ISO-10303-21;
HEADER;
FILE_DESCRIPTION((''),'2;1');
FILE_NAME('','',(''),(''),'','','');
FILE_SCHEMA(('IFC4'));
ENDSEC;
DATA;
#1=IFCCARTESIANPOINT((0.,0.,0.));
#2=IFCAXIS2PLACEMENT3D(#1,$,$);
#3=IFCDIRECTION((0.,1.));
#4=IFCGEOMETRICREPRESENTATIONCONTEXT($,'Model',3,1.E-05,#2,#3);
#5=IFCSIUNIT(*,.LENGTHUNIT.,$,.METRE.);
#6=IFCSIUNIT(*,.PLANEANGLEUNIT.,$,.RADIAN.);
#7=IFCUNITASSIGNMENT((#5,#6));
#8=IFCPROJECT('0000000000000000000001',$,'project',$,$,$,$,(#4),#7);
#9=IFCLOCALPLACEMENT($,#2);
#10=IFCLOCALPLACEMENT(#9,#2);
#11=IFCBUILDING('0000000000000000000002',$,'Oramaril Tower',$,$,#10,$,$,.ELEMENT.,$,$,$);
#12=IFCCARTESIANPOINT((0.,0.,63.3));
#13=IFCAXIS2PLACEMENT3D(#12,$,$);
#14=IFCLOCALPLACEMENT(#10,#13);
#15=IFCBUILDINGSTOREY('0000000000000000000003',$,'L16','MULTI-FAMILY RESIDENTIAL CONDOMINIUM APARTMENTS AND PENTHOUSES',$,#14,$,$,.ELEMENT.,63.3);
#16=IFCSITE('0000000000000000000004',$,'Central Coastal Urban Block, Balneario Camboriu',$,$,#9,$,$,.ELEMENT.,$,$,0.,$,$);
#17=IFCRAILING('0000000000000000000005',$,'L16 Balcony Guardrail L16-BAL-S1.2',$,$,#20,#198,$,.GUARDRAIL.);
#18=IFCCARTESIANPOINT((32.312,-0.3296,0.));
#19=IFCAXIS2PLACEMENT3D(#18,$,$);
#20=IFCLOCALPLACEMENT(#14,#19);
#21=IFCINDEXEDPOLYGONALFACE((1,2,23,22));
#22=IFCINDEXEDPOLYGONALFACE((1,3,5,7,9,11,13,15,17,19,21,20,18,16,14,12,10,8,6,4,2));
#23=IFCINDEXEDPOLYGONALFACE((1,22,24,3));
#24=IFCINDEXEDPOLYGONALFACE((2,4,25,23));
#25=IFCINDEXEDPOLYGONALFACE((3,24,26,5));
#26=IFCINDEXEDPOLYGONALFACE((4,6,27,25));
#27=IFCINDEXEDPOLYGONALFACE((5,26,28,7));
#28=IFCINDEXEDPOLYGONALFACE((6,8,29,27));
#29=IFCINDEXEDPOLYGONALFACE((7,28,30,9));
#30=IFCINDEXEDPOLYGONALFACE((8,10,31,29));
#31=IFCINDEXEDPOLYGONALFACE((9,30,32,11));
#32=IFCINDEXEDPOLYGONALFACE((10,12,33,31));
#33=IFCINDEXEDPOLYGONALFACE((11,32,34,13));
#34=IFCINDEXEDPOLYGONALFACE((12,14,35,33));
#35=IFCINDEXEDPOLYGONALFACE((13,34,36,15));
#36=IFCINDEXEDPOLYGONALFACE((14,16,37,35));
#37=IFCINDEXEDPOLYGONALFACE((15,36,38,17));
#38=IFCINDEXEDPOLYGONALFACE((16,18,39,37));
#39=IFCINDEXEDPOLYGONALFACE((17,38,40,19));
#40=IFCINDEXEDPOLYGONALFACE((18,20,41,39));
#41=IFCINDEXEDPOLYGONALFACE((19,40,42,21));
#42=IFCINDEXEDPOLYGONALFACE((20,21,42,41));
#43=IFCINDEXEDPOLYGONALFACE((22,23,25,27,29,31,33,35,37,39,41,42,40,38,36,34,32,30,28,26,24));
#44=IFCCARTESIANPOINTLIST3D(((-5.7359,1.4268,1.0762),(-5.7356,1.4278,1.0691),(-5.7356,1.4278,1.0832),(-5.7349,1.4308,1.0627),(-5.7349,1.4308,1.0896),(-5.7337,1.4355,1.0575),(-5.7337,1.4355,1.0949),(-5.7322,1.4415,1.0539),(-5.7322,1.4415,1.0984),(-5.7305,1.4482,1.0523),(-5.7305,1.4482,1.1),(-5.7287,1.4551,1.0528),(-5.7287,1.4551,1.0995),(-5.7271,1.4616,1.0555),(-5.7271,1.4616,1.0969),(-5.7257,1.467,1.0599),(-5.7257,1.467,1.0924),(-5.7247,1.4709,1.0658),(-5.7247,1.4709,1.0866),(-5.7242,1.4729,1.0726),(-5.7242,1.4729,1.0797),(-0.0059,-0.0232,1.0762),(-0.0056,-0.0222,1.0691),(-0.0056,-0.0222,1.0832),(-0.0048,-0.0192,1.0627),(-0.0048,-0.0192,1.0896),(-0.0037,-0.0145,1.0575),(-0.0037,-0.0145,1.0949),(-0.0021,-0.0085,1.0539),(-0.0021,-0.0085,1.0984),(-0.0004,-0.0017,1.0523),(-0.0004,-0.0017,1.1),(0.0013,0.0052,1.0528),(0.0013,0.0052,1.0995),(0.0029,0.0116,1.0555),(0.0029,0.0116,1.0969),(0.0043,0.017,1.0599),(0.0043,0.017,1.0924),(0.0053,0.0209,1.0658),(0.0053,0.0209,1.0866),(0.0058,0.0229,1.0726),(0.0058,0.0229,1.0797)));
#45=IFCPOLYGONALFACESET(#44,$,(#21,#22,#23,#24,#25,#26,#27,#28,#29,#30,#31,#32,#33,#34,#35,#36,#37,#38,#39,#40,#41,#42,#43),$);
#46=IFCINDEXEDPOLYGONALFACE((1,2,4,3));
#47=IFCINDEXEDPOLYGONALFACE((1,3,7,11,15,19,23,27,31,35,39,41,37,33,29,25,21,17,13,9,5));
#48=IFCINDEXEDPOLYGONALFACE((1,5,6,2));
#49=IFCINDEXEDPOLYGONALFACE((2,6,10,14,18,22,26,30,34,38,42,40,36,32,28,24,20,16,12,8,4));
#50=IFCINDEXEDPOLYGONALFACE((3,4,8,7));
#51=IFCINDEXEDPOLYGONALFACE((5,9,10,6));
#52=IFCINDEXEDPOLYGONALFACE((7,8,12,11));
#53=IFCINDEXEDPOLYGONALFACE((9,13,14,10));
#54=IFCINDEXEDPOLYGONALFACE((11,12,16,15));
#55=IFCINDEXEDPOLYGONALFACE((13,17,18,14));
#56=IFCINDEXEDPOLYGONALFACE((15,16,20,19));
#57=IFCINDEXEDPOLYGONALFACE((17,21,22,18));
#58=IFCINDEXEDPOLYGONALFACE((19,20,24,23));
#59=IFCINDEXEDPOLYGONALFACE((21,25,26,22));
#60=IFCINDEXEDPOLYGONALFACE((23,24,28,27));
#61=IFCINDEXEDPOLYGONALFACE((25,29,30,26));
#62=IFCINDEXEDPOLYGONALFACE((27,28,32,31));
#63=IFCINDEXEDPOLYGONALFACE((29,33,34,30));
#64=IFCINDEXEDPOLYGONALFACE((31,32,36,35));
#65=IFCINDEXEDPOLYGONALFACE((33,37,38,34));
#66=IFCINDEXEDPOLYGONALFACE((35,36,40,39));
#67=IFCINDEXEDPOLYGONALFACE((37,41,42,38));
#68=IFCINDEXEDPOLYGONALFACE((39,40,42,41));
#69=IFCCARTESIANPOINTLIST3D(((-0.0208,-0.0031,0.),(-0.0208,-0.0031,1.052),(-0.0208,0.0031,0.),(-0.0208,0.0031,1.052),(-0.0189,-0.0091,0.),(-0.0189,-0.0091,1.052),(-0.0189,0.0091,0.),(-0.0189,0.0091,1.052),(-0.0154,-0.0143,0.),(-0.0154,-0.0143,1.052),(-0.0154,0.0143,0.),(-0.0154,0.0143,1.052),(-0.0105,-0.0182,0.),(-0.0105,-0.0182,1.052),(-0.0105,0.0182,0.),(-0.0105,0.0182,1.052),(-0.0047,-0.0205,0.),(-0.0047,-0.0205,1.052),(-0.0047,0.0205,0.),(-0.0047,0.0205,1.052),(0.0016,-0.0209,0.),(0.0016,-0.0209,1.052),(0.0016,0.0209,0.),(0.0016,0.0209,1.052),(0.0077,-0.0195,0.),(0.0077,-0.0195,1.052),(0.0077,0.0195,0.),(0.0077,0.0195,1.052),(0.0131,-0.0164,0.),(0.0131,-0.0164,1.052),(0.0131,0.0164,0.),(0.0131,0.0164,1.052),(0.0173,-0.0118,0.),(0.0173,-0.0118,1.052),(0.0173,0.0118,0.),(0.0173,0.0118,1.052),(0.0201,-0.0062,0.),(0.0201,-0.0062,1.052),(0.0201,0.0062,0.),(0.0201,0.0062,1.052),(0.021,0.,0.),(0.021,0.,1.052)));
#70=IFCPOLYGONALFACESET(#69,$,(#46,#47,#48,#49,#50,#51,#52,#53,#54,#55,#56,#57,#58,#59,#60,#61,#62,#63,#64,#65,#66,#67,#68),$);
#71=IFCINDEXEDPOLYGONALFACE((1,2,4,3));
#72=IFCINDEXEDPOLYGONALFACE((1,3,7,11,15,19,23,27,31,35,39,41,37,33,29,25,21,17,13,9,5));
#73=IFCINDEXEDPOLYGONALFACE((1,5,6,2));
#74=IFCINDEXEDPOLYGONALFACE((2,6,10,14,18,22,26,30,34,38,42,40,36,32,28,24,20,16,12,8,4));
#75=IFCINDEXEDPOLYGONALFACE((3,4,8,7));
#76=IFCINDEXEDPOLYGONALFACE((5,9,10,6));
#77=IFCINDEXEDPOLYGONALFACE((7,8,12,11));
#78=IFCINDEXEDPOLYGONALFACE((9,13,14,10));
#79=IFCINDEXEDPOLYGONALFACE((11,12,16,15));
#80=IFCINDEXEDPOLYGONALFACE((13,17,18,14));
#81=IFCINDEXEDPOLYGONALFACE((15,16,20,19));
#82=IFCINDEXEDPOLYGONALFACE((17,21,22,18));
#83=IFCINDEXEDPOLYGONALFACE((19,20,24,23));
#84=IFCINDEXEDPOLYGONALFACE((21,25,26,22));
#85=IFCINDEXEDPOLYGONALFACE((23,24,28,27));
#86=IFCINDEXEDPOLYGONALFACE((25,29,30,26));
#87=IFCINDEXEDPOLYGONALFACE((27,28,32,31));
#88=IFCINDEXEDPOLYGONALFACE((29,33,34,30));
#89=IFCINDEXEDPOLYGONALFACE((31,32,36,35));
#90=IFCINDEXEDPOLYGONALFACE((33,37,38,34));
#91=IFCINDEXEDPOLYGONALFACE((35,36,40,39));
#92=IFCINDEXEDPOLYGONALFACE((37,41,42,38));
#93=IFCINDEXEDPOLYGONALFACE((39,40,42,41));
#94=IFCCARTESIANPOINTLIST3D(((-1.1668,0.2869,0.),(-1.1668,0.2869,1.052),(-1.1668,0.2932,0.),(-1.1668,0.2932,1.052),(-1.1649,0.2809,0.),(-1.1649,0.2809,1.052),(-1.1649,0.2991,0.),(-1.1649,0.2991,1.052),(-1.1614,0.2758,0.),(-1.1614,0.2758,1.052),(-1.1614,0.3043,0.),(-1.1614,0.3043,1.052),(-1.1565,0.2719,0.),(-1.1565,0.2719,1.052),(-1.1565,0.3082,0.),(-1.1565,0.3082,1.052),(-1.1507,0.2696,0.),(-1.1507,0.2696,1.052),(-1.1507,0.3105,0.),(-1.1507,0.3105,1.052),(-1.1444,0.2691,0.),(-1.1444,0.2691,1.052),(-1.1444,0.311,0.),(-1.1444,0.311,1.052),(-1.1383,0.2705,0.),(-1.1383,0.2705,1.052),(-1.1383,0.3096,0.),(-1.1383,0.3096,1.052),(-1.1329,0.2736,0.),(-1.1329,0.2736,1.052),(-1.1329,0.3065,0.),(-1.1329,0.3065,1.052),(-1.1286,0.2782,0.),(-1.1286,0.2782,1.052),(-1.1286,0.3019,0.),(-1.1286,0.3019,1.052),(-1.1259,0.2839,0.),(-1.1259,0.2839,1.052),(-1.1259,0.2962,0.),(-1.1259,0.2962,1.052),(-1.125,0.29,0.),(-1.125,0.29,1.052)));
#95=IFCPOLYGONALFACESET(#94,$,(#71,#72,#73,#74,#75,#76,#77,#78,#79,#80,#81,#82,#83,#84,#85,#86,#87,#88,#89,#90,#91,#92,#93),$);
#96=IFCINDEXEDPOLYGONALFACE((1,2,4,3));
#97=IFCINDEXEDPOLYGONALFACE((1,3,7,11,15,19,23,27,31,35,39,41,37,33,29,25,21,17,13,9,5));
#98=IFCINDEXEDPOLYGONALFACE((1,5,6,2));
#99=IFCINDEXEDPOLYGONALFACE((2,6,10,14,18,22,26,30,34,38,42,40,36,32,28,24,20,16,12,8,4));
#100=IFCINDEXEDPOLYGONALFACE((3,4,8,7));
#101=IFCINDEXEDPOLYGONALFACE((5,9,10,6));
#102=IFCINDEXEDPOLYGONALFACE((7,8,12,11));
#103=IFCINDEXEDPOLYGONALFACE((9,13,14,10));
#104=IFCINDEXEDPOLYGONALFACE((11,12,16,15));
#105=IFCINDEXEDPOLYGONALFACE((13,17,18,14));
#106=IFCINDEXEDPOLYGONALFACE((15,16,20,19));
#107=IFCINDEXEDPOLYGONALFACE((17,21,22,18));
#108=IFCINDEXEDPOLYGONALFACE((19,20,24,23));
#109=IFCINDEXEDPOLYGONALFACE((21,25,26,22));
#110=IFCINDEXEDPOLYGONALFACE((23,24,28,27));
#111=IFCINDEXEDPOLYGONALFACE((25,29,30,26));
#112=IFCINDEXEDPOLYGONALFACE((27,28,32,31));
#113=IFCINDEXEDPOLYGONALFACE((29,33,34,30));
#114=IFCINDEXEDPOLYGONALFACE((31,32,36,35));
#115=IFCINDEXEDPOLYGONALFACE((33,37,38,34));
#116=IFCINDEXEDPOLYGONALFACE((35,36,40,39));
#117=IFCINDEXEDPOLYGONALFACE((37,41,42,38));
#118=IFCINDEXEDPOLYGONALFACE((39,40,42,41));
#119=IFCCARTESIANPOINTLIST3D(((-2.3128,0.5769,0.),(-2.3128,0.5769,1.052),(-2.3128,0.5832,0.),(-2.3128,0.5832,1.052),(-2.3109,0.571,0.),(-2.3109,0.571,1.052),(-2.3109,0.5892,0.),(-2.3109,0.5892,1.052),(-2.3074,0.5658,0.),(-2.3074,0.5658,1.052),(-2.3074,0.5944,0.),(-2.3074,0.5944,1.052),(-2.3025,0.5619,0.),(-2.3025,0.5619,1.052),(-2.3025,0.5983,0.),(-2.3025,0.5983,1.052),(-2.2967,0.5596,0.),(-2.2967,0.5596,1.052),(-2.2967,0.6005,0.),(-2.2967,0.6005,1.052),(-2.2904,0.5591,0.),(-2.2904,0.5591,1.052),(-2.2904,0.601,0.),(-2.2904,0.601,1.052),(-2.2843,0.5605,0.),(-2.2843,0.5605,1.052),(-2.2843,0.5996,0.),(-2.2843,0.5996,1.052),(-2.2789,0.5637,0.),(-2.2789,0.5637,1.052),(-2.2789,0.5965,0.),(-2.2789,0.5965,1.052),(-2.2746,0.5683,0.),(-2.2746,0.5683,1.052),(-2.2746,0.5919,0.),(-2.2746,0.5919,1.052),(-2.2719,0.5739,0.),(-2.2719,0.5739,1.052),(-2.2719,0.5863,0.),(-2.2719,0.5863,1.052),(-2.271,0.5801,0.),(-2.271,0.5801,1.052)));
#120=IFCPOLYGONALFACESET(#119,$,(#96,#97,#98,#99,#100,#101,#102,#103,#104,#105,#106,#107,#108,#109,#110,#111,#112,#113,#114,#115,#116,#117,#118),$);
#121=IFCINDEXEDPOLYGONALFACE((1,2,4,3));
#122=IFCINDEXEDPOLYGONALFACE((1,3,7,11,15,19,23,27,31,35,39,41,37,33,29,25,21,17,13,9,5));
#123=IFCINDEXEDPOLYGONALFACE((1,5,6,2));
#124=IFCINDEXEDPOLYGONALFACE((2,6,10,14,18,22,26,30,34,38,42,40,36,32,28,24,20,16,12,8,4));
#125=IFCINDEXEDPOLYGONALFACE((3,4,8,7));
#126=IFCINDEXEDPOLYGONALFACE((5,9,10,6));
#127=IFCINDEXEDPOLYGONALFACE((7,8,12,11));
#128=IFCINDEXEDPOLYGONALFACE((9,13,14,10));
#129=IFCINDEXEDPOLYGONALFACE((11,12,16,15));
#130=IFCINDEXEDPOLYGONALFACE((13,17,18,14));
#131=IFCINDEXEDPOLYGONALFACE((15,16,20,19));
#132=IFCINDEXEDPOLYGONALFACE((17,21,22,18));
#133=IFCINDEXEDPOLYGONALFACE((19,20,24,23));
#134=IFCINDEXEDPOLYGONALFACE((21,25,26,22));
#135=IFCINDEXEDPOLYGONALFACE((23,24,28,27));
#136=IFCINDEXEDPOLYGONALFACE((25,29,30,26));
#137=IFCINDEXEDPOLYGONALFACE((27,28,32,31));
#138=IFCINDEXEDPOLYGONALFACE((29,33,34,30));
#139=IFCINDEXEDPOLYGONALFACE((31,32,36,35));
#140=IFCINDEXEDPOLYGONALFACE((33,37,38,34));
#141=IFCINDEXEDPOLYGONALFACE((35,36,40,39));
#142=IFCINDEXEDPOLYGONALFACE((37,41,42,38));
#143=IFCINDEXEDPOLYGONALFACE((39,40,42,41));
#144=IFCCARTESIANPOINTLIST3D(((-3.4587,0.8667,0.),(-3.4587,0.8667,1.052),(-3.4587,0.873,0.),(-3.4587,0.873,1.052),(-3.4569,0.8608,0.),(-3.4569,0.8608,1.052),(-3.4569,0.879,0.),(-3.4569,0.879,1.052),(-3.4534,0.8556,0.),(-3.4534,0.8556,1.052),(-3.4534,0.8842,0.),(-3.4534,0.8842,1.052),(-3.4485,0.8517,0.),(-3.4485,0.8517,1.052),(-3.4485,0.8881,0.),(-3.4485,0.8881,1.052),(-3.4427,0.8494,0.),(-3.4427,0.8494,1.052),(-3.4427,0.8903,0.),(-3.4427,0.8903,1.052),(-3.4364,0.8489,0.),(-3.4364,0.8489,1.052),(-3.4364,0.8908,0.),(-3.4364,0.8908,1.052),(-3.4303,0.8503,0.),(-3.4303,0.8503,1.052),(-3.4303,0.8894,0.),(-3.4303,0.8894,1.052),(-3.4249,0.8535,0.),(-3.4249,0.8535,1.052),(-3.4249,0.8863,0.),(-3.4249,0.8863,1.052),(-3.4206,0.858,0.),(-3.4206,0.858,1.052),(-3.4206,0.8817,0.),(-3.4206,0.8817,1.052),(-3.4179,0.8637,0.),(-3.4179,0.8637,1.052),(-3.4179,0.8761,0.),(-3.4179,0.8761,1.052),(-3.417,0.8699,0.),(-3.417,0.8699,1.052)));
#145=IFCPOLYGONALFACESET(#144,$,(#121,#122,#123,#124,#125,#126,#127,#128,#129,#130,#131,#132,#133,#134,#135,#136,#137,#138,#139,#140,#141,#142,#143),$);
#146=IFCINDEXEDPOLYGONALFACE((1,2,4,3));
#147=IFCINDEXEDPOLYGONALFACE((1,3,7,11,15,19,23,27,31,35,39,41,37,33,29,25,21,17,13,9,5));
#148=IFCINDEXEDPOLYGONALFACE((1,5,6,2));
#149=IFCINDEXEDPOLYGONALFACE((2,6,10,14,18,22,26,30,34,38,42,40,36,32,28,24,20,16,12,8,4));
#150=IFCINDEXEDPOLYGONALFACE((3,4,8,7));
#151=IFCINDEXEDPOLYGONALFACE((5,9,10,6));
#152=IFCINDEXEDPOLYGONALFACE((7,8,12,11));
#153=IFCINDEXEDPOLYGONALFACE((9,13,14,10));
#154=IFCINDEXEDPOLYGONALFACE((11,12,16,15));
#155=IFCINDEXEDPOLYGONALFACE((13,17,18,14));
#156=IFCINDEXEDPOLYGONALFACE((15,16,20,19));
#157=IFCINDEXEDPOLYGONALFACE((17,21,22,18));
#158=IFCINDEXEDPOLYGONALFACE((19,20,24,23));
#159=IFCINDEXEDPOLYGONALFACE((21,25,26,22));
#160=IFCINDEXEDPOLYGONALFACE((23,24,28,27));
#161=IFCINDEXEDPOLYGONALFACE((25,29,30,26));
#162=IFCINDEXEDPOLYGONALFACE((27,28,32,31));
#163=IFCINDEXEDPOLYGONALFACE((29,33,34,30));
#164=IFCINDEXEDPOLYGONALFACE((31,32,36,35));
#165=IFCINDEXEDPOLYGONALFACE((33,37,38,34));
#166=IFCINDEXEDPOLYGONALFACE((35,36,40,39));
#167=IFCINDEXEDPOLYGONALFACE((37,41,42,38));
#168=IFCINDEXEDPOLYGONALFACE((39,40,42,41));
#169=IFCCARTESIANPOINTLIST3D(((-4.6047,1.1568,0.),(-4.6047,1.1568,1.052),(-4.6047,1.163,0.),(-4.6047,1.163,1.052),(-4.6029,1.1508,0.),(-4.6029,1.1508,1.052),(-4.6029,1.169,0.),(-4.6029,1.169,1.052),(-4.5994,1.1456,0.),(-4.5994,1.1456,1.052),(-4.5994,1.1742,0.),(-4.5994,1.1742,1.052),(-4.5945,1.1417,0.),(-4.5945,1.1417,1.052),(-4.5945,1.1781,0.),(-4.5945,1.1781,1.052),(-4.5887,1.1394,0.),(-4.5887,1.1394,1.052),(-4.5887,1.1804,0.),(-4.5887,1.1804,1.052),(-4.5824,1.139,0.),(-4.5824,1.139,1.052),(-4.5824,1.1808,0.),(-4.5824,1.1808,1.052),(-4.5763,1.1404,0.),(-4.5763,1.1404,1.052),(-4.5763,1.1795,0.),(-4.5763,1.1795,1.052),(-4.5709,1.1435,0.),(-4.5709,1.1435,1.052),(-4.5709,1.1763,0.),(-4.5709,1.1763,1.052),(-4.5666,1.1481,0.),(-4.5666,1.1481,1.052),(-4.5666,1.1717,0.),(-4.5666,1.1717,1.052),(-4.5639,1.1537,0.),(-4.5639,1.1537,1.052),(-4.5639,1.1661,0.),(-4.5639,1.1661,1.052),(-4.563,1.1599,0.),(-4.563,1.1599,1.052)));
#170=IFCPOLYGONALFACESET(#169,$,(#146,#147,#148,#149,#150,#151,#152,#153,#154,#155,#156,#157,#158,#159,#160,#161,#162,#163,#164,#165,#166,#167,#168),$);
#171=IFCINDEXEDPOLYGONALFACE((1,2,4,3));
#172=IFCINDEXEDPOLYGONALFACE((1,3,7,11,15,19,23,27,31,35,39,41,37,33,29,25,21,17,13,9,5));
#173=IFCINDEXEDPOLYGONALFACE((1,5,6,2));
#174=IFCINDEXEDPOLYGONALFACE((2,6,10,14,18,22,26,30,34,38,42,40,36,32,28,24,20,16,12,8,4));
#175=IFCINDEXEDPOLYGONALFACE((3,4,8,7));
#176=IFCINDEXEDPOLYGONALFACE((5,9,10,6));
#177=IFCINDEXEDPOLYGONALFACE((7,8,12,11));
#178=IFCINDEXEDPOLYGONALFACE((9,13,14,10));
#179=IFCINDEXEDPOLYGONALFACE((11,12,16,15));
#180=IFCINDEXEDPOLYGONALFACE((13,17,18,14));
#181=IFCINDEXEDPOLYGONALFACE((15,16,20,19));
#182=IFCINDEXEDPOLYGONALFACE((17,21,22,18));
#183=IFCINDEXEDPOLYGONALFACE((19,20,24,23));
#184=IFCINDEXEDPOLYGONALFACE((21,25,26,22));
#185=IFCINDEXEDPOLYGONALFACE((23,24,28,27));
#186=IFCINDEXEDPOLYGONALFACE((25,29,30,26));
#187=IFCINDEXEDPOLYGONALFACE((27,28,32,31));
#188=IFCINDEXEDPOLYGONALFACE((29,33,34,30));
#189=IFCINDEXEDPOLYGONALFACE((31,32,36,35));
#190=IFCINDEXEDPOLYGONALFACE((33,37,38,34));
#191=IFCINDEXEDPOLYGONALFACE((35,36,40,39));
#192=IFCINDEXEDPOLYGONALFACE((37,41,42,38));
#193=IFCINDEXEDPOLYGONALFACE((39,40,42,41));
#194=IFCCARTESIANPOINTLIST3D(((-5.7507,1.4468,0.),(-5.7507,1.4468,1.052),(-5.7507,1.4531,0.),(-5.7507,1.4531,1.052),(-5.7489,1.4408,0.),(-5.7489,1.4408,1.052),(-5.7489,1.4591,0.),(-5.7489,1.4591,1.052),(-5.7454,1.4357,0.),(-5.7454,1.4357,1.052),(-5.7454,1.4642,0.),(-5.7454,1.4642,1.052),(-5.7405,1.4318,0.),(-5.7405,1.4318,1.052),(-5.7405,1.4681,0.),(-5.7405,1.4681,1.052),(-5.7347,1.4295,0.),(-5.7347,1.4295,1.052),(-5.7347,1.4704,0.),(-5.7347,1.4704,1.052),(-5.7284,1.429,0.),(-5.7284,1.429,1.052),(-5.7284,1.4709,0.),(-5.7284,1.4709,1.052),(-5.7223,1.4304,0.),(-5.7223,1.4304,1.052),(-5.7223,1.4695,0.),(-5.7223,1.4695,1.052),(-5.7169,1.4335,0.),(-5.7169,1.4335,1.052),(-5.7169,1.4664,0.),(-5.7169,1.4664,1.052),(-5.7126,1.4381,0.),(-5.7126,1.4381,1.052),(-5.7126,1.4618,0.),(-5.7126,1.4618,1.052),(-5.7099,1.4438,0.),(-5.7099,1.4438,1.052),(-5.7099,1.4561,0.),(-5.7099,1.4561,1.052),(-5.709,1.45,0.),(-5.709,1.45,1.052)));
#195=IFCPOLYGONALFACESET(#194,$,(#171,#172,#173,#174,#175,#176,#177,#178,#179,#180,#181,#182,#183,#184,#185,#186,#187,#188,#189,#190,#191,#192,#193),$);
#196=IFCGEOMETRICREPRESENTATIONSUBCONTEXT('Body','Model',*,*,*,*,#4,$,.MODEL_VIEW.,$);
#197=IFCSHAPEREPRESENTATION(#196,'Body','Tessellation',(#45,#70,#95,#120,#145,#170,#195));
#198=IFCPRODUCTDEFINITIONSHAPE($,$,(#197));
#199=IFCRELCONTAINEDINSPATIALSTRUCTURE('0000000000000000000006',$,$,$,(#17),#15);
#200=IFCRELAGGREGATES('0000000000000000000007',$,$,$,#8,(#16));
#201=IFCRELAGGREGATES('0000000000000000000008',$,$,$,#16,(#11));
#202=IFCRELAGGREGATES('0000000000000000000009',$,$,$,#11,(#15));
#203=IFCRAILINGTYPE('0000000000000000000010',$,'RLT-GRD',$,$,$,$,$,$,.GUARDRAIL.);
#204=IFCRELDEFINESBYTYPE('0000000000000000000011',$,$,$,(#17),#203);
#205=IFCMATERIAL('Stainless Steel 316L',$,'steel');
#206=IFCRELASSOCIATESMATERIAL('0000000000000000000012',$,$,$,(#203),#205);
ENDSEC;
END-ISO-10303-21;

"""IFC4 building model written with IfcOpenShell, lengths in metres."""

from ifc_helpers import new_model, si_unit, direction, frame, origin, origin_2d, place, context, subcontext, project, spatial, circle, extrude, material, type_object, element, save


model = new_model("IFC4")

# Units and contexts
model_context = context("Model", 3, precision=1e-05, world=origin(), true_north=direction((0.0, 1.0)))
body_context = subcontext(model_context, "Body", "Model", "MODEL_VIEW")
ifc_project = project(units=[si_unit("LENGTHUNIT", "METRE"), si_unit("PLANEANGLEUNIT", "RADIAN")], contexts=[model_context])

# Site, building, storey
site_placement = place(None, origin())
site = spatial("IfcSite", under=ifc_project, at=site_placement, Name="Central Coastal Urban Block, Balneario Camboriu", CompositionType="ELEMENT", RefElevation=0.0)
building_placement = place(site_placement, origin())
building = spatial("IfcBuilding", under=site, at=building_placement, Name="Oramaril Tower", CompositionType="ELEMENT")
storey_placement = place(building_placement, frame((0.0, 0.0, 63.3)))
storey = spatial("IfcBuildingStorey", under=building, at=storey_placement, Name="L16", Description="MULTI-FAMILY RESIDENTIAL CONDOMINIUM APARTMENTS AND PENTHOUSES", CompositionType="ELEMENT", Elevation=63.3)

# Railing
ifc_material_1 = material(Name="Stainless Steel 316L", Category="steel")
railing_type = type_object("IfcRailingType", Name="RLT-GRD", PredefinedType="GUARDRAIL", material=ifc_material_1)
railing_1_placement = place(storey_placement, frame((32.312, -0.3296, 0.0)))
element("IfcRailing", 1, at=railing_1_placement, inside=storey, type_object=railing_type, Name="L16 Balcony Guardrail L16-BAL-S1.2", PredefinedType="GUARDRAIL", context=body_context, shape_type="SweptSolid", body=[
    extrude(circle(Radius=0.0239, at=origin_2d()), frame((0.0, 0.0, 1.0762), z_axis=(-0.969444, 0.245314, 0.0), x_axis=(-0.245314, -0.969444, 0.0)), (0.0, 0.0, 1.0), 5.9106),
    extrude(circle(Radius=0.021, at=origin_2d()), origin(), (0.0, 0.0, 1.0), 1.052),
    extrude(circle(Radius=0.021, at=origin_2d()), frame((-1.146, 0.29, 0.0)), (0.0, 0.0, 1.0), 1.052),
    extrude(circle(Radius=0.021, at=origin_2d()), frame((-2.292, 0.5801, 0.0)), (0.0, 0.0, 1.0), 1.052),
    extrude(circle(Radius=0.021, at=origin_2d()), frame((-3.438, 0.8699, 0.0)), (0.0, 0.0, 1.0), 1.052),
    extrude(circle(Radius=0.021, at=origin_2d()), frame((-4.584, 1.1599, 0.0)), (0.0, 0.0, 1.0), 1.052),
    extrude(circle(Radius=0.021, at=origin_2d()), frame((-5.73, 1.45, 0.0)), (0.0, 0.0, 1.0), 1.052),
])

save(model, "model.ifc")
